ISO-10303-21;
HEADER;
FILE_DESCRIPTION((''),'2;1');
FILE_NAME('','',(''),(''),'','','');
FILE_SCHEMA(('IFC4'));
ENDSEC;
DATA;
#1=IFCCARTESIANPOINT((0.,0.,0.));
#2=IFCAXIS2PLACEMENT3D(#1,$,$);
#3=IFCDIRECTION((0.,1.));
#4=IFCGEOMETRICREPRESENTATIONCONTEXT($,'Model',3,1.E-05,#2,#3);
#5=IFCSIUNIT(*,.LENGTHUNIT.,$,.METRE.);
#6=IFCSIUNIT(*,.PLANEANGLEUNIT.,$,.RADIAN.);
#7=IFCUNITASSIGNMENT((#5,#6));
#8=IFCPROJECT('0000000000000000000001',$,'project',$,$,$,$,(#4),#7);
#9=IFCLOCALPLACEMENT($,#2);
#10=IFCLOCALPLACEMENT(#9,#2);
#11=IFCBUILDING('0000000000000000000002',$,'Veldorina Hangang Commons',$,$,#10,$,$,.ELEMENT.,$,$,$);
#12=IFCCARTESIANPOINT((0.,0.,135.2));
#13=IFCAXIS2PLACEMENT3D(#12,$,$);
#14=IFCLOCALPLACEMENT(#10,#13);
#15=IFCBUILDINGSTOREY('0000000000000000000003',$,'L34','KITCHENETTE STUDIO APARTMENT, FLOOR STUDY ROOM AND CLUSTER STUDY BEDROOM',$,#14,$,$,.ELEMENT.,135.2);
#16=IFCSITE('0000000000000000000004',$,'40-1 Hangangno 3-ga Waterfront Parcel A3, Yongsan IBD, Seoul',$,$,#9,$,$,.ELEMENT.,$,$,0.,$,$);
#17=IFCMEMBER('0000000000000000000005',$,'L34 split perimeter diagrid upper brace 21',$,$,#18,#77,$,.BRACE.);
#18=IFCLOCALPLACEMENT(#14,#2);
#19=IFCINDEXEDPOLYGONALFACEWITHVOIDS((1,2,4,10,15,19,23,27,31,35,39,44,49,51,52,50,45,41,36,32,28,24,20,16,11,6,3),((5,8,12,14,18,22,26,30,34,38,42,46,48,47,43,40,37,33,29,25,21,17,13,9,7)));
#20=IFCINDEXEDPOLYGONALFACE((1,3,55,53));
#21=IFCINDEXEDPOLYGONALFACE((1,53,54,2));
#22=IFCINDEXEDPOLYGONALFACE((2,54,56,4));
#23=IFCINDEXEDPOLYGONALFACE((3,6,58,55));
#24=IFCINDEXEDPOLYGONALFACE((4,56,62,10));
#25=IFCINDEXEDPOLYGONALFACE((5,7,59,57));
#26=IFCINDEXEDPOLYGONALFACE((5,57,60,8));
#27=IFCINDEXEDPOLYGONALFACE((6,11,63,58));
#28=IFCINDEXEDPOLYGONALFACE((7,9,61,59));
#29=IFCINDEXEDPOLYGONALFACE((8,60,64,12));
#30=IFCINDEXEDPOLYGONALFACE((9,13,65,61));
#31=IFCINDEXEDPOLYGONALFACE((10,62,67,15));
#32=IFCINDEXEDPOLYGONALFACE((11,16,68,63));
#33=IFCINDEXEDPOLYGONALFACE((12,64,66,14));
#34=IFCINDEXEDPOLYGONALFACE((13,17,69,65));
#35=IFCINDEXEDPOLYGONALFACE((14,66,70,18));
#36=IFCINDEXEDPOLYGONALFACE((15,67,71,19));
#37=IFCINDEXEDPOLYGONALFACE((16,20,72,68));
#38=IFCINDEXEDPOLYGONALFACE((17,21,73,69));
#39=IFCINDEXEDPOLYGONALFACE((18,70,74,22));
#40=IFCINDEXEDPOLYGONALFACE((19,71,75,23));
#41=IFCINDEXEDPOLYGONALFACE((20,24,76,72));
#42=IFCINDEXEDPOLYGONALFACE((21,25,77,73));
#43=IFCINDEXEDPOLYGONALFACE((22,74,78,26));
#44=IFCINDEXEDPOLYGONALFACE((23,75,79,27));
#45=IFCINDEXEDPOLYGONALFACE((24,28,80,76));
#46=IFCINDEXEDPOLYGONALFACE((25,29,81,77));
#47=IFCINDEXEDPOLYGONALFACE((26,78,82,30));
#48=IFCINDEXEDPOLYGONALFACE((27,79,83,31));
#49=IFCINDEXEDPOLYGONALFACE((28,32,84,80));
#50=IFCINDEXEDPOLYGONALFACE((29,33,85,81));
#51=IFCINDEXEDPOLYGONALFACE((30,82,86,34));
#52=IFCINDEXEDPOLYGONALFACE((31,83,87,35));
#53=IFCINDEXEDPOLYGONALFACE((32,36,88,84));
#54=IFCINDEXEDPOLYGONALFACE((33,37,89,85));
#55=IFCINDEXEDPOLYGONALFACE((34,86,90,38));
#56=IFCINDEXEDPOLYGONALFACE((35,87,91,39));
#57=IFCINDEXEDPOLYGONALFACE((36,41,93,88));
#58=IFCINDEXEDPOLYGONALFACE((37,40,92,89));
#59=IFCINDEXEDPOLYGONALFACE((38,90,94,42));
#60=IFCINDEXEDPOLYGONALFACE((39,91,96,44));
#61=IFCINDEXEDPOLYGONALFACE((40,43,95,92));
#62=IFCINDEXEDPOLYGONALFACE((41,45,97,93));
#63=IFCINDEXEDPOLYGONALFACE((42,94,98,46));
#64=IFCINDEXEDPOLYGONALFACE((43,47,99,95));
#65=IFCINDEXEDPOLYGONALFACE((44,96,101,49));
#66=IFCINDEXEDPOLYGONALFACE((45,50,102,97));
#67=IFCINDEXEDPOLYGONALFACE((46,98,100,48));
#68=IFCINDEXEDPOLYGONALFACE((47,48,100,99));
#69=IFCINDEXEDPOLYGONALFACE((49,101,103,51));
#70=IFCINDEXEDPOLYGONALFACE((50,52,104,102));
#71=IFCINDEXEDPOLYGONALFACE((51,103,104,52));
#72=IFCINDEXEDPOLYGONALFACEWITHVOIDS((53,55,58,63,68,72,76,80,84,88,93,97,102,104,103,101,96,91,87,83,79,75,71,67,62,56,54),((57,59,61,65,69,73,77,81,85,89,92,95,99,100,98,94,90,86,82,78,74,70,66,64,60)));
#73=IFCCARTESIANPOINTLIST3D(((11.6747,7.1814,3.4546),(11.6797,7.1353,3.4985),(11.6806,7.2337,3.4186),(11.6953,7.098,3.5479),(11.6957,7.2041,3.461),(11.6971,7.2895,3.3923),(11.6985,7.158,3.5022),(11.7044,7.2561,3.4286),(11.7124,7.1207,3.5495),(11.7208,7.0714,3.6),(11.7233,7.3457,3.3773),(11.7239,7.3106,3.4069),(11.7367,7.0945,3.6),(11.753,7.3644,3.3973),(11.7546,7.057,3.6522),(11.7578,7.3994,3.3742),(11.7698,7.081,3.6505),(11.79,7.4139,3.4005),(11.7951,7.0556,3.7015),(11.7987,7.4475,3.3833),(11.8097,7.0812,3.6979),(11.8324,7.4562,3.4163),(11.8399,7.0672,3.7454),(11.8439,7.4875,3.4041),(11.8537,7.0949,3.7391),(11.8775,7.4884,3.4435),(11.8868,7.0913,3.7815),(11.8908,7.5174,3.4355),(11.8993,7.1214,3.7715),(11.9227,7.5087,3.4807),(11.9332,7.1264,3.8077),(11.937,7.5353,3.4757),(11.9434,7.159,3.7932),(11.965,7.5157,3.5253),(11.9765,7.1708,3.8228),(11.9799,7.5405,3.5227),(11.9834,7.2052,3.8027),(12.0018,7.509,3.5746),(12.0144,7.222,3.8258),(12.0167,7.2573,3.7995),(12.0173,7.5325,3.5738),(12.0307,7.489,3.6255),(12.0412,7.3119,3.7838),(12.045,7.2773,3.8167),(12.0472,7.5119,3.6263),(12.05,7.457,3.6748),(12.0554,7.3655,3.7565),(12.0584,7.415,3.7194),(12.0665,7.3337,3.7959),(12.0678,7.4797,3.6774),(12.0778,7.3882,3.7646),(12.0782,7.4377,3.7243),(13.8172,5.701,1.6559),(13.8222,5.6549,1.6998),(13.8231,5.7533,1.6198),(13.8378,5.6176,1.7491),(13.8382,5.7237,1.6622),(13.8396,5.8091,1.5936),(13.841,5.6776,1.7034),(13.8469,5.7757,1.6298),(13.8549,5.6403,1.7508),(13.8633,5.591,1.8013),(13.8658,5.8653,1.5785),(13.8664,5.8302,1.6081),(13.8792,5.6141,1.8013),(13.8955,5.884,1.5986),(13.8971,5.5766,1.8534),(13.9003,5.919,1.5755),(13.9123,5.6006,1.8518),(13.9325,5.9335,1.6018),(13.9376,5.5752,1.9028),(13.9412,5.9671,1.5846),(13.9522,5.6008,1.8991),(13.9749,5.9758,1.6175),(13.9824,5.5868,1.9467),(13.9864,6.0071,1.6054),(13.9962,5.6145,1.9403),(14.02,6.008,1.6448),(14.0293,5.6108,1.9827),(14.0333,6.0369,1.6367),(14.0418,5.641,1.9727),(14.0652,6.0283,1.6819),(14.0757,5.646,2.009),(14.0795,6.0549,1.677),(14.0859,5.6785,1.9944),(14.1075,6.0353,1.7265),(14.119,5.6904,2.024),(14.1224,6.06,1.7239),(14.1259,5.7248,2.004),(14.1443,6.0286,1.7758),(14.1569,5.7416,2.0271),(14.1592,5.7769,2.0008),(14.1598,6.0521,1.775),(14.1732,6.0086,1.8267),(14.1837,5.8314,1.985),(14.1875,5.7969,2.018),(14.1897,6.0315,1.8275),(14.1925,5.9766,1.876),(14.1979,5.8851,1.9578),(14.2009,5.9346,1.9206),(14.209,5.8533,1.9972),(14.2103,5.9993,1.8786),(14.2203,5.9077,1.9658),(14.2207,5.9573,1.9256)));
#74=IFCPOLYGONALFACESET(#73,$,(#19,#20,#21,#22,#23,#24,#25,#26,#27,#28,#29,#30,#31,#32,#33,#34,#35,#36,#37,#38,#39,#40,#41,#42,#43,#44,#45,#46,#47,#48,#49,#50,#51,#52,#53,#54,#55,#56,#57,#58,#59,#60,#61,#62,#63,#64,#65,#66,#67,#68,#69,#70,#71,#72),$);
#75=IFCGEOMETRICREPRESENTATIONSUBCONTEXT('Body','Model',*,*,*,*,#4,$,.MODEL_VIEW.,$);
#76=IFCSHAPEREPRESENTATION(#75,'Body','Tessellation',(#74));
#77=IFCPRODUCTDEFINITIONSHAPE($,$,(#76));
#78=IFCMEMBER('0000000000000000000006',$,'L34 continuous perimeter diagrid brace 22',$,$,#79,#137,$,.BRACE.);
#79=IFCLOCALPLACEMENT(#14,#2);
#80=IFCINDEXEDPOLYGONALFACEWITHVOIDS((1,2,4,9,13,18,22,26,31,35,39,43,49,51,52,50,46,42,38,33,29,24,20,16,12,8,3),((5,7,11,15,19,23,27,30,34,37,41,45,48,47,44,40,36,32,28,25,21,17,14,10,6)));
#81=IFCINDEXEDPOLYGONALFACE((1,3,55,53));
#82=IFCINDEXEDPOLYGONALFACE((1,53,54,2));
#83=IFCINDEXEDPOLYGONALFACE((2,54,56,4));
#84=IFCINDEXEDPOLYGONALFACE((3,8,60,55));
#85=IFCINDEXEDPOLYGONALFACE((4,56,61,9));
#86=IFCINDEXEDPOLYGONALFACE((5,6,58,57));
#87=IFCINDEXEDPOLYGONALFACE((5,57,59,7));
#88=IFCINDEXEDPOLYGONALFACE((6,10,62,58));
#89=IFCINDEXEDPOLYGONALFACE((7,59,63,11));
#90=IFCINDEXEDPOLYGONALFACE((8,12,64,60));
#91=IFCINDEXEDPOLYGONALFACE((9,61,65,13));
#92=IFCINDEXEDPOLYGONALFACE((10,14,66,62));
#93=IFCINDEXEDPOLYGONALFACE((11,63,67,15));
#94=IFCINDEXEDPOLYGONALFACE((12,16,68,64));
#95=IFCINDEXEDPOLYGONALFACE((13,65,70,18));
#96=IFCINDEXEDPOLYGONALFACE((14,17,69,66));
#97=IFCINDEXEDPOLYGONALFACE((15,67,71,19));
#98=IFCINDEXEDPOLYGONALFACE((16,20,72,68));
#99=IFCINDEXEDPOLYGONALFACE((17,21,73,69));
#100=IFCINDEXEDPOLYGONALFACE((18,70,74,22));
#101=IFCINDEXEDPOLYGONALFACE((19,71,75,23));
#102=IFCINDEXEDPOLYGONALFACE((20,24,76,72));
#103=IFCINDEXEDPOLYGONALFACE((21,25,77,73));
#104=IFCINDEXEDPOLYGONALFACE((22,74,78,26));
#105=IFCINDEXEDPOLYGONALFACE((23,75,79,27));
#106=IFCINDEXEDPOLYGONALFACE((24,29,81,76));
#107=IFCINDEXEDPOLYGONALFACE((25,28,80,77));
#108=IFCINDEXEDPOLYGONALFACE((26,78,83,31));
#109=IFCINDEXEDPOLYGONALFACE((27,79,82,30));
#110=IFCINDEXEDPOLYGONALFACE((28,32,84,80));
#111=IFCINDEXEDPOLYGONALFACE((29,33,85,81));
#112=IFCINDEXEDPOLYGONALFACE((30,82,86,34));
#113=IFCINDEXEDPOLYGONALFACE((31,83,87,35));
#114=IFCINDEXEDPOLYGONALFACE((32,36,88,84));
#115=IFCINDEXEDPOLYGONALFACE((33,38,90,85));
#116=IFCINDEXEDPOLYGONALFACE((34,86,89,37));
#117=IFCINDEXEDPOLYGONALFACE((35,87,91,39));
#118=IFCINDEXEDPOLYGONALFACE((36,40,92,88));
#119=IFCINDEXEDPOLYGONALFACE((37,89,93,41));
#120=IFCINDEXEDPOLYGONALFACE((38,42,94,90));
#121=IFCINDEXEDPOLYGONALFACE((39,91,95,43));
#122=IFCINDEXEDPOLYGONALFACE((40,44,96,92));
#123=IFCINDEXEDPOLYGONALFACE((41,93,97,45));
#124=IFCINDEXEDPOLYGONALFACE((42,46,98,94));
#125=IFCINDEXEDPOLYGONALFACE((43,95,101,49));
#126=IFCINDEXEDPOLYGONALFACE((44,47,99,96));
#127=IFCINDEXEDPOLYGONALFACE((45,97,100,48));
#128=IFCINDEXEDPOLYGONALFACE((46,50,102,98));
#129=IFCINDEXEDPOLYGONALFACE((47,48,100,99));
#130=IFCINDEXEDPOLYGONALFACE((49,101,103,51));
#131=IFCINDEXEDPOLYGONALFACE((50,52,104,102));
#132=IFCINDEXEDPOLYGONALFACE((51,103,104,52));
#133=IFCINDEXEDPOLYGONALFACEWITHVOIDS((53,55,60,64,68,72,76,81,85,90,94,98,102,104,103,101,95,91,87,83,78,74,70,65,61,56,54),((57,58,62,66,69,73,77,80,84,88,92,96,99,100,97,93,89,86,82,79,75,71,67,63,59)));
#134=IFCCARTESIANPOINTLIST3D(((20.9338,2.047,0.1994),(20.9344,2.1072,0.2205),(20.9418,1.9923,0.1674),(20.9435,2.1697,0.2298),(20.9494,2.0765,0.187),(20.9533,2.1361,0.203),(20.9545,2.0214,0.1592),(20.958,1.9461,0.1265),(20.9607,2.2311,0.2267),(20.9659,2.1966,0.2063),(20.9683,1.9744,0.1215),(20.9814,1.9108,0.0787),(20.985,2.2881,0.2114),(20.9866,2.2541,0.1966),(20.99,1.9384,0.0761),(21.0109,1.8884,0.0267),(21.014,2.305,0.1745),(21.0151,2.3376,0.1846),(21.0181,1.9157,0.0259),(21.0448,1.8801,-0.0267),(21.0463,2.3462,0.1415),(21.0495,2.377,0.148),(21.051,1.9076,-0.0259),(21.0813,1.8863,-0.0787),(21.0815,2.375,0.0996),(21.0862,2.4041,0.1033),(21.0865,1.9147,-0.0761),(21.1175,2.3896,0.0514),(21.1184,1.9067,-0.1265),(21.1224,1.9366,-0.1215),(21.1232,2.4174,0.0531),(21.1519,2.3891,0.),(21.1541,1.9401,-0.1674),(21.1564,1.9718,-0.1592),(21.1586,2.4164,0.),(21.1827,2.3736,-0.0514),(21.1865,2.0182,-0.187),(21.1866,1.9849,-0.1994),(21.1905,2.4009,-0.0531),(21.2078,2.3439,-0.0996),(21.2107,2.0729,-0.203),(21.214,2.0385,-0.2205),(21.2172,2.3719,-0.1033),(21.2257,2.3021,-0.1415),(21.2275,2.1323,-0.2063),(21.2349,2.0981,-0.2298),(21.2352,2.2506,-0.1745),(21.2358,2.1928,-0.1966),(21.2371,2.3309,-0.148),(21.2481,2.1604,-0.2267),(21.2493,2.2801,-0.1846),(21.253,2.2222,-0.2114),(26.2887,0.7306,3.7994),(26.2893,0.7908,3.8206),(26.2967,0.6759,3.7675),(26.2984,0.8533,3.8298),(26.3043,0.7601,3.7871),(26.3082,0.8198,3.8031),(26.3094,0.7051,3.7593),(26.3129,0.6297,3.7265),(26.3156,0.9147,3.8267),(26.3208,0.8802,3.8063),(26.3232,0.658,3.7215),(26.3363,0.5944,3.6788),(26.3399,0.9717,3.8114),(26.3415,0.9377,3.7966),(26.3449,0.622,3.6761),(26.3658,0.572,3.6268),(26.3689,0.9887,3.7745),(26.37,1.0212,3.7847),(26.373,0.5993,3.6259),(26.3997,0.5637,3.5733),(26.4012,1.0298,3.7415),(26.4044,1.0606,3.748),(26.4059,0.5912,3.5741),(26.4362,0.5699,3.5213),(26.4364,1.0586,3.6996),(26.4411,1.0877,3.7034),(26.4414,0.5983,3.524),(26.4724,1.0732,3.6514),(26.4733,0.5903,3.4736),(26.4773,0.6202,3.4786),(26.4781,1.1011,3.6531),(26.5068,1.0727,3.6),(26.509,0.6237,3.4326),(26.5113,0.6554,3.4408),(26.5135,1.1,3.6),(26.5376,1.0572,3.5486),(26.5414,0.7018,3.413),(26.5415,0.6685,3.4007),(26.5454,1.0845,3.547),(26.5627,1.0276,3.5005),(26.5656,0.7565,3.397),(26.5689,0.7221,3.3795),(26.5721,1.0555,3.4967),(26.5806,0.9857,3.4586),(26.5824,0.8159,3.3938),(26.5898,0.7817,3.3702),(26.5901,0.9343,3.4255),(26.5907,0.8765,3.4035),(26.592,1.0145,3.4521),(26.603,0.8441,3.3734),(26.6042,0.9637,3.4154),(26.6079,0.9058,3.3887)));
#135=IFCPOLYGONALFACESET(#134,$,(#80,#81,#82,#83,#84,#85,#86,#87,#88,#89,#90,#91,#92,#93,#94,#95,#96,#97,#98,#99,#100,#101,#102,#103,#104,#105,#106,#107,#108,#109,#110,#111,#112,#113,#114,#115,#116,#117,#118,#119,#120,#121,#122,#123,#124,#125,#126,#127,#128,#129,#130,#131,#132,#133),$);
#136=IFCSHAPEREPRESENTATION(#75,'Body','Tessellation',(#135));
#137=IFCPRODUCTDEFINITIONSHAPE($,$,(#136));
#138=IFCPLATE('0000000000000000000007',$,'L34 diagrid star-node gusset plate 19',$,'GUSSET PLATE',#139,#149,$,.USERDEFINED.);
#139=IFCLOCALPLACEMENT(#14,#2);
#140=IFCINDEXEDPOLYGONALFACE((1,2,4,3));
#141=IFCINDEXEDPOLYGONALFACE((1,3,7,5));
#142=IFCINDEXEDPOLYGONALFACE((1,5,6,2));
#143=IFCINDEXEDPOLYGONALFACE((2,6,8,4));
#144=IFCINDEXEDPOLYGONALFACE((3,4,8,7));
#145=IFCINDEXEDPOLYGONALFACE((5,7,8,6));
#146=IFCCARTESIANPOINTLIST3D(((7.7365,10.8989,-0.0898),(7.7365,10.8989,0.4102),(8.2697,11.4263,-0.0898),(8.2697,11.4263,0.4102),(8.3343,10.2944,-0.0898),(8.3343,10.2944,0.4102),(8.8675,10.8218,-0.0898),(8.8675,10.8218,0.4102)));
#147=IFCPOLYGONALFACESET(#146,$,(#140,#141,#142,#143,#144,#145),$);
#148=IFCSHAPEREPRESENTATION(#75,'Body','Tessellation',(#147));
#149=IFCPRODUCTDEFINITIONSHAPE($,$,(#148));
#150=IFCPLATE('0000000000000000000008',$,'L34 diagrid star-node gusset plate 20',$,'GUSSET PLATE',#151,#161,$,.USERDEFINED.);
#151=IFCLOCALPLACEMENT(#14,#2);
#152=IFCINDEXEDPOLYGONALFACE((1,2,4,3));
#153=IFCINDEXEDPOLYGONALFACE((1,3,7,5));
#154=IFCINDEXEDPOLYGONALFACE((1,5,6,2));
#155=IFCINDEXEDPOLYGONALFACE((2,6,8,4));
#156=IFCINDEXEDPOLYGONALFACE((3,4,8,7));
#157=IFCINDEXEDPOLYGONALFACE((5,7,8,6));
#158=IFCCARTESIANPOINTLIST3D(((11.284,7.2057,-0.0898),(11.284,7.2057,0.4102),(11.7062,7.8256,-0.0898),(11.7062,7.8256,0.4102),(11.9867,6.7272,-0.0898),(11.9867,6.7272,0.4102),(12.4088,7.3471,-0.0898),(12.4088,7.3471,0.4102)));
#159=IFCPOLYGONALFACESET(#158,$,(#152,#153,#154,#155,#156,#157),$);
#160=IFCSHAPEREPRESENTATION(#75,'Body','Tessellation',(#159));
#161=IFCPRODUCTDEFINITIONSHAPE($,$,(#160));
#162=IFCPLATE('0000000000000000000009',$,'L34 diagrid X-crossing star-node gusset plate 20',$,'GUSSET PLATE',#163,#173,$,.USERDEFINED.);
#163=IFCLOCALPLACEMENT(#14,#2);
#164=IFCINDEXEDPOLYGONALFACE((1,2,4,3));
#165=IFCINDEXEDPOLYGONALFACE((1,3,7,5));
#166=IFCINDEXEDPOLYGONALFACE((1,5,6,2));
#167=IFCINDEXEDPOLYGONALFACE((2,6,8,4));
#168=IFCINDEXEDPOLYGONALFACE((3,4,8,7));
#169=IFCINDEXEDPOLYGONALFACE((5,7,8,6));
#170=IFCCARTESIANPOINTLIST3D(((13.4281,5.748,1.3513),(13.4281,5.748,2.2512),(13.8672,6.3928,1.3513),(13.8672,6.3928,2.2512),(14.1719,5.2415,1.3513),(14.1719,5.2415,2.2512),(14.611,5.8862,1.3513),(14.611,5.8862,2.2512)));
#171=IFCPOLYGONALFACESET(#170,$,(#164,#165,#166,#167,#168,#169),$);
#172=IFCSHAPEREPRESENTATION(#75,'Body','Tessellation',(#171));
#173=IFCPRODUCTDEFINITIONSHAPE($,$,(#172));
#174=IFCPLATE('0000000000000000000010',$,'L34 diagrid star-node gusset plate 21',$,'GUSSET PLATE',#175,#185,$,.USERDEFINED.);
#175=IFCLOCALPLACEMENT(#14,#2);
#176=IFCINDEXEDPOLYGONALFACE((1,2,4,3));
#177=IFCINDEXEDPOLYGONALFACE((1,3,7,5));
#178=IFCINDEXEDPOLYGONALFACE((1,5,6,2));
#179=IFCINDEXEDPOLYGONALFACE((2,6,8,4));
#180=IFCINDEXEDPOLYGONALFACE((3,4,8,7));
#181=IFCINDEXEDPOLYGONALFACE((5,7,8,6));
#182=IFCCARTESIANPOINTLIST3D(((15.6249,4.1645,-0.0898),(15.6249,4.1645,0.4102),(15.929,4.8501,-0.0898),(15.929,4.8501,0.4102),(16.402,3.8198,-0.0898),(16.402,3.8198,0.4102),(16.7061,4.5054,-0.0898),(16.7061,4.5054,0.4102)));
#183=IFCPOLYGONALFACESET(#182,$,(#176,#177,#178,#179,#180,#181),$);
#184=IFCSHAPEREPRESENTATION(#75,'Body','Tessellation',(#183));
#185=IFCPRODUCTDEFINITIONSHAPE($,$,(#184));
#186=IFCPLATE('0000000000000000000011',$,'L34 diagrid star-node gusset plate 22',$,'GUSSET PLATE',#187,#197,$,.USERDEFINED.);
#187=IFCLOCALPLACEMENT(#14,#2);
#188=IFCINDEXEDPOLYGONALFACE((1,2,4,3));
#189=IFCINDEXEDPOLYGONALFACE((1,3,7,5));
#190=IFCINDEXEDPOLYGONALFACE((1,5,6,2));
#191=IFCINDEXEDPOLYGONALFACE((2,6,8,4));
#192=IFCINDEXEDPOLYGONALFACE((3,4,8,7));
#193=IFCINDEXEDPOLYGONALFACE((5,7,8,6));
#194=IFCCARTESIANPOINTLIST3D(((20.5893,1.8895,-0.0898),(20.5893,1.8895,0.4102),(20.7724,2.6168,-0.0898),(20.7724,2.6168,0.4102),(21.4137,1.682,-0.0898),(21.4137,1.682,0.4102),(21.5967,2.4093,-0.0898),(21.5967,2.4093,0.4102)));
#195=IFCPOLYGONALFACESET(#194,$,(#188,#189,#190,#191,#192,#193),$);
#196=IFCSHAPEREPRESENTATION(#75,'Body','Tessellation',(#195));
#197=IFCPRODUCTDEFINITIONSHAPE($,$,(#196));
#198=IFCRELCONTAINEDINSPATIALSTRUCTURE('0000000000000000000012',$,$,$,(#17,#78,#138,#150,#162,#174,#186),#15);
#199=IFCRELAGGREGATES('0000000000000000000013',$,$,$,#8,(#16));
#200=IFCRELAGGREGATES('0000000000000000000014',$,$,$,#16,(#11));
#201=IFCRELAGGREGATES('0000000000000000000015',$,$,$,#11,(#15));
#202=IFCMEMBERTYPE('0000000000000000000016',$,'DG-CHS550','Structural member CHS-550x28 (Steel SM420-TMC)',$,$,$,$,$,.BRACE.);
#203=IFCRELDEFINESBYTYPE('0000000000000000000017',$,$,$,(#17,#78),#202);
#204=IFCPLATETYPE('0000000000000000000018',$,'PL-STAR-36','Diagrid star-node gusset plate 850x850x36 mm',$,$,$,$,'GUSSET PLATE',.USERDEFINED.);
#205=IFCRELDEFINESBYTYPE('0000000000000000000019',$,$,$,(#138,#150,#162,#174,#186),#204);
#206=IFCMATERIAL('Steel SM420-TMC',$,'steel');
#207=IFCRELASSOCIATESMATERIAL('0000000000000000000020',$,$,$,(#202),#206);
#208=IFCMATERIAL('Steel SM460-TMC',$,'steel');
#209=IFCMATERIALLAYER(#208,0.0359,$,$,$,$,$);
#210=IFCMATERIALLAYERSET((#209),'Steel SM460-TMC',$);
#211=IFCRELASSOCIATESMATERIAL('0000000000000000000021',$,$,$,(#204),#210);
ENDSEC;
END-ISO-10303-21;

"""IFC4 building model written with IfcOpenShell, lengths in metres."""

from ifc_helpers import new_model, si_unit, direction, frame, origin, origin_2d, place, context, subcontext, project, spatial, rectangle, hollow_circle, extrude, material, layer, layer_set, material_profile, profile_set, type_object, element, save


model = new_model("IFC4")

# Units and contexts
model_context = context("Model", 3, precision=1e-05, world=origin(), true_north=direction((0.0, 1.0)))
body_context = subcontext(model_context, "Body", "Model", "MODEL_VIEW")
ifc_project = project(units=[si_unit("LENGTHUNIT", "METRE"), si_unit("PLANEANGLEUNIT", "RADIAN")], contexts=[model_context])

# Site, building, storey
site_placement = place(None, origin())
site = spatial("IfcSite", under=ifc_project, at=site_placement, Name="40-1 Hangangno 3-ga Waterfront Parcel A3, Yongsan IBD, Seoul", CompositionType="ELEMENT", RefElevation=0.0)
building_placement = place(site_placement, origin())
building = spatial("IfcBuilding", under=site, at=building_placement, Name="Veldorina Hangang Commons", CompositionType="ELEMENT")
storey_placement = place(building_placement, frame((0.0, 0.0, 135.2)))
storey = spatial("IfcBuildingStorey", under=building, at=storey_placement, Name="L34", Description="KITCHENETTE STUDIO APARTMENT, FLOOR STUDY ROOM AND CLUSTER STUDY BEDROOM", CompositionType="ELEMENT", Elevation=135.2)

# Shared definitions
ifc_material_1 = material(Name="Steel SM420-TMC", Category="steel")

# Members
ifc_material_profile_1 = material_profile(ifc_material_1, hollow_circle(Radius=0.2749, WallThickness=0.0281, at=origin_2d()), Name="CHS-550x28")
ifc_profile_set_1 = profile_set([ifc_material_profile_1], Name="Steel SM420-TMC")
member_type = type_object("IfcMemberType", Name="DG-CHS550", Description="Structural member CHS-550x28 (Steel SM420-TMC)", PredefinedType="BRACE", material=ifc_profile_set_1)
member_1_placement = place(storey_placement, frame((14.0195, 5.8171, 1.8013), z_axis=(-0.676927, 0.46774, 0.568322), x_axis=(-0.568469, -0.822705, 0.0)))
element("IfcMember", 1, at=member_1_placement, inside=storey, type_object=member_type, Name="L34 split perimeter diagrid upper brace 21", PredefinedType="BRACE", context=body_context, shape_type="SweptSolid", body=[
    extrude(hollow_circle(Radius=0.2749, WallThickness=0.0281, at=origin_2d()), origin(), (0.0, 0.0, 1.0), 3.165),
])
member_2_placement = place(storey_placement, frame((21.093, 2.1494, 0.0), z_axis=(0.813141, -0.199893, 0.546666), x_axis=(0.238721, 0.971088, 0.0)))
element("IfcMember", 2, at=member_2_placement, inside=storey, type_object=member_type, Name="L34 continuous perimeter diagrid brace 22", PredefinedType="BRACE", context=body_context, shape_type="SweptSolid", body=[
    extrude(hollow_circle(Radius=0.2749, WallThickness=0.0281, at=origin_2d()), origin(), (0.0, 0.0, 1.0), 6.5854),
])

# Plates
ifc_material_2 = material(Name="Steel SM460-TMC", Category="steel")
ifc_layer_1 = layer(ifc_material_2, 0.0359)
ifc_layer_set_1 = layer_set([ifc_layer_1], Name="Steel SM460-TMC")
plate_type = type_object("IfcPlateType", Name="PL-STAR-36", Description="Diagrid star-node gusset plate 850x850x36 mm", ElementType="GUSSET PLATE", PredefinedType="USERDEFINED", material=ifc_layer_set_1)
for number, where, z_axis, x_axis, name in (
    (3, (8.302, 10.8604, -0.0898), (0.0, 0.0, 1.0), (0.703184, -0.711008, 0.0), "L34 diagrid star-node gusset plate 19"),
    (4, (11.8464, 7.2764, -0.0898), (0.0, 0.0, 1.0), (0.826541, -0.562877, 0.0), "L34 diagrid star-node gusset plate 20"),
):
    element("IfcPlate", number, at=place(storey_placement, frame(where, z_axis=z_axis, x_axis=x_axis)), inside=storey, type_object=plate_type, Name=name, ObjectType="GUSSET PLATE", PredefinedType="USERDEFINED", context=body_context, shape_type="SweptSolid", body=[
        extrude(rectangle(XDim=0.8501, YDim=0.75, at=origin_2d()), origin(), (0.0, 0.0, 1.0), 0.5),
    ])
plate_placement = place(storey_placement, frame((14.0195, 5.8171, 1.3513), z_axis=(0.0, 0.0, 1.0), x_axis=(0.826541, -0.562877, 0.0)))
element("IfcPlate", 5, at=plate_placement, inside=storey, type_object=plate_type, Name="L34 diagrid X-crossing star-node gusset plate 20", ObjectType="GUSSET PLATE", PredefinedType="USERDEFINED", context=body_context, shape_type="SweptSolid", body=[
    extrude(rectangle(XDim=0.8999, YDim=0.78, at=origin_2d()), origin(), (0.0, 0.0, 1.0), 0.8999),
])
for number, where, z_axis, x_axis, name in (
    (6, (16.1655, 4.335, -0.0898), (0.0, 0.0, 1.0), (0.914112, -0.405461, 0.0), "L34 diagrid star-node gusset plate 21"),
    (7, (21.093, 2.1494, -0.0898), (0.0, 0.0, 1.0), (0.969749, -0.244106, 0.0), "L34 diagrid star-node gusset plate 22"),
):
    element("IfcPlate", number, at=place(storey_placement, frame(where, z_axis=z_axis, x_axis=x_axis)), inside=storey, type_object=plate_type, Name=name, ObjectType="GUSSET PLATE", PredefinedType="USERDEFINED", context=body_context, shape_type="SweptSolid", body=[
        extrude(rectangle(XDim=0.8501, YDim=0.75, at=origin_2d()), origin(), (0.0, 0.0, 1.0), 0.5),
    ])

save(model, "model.ifc")
